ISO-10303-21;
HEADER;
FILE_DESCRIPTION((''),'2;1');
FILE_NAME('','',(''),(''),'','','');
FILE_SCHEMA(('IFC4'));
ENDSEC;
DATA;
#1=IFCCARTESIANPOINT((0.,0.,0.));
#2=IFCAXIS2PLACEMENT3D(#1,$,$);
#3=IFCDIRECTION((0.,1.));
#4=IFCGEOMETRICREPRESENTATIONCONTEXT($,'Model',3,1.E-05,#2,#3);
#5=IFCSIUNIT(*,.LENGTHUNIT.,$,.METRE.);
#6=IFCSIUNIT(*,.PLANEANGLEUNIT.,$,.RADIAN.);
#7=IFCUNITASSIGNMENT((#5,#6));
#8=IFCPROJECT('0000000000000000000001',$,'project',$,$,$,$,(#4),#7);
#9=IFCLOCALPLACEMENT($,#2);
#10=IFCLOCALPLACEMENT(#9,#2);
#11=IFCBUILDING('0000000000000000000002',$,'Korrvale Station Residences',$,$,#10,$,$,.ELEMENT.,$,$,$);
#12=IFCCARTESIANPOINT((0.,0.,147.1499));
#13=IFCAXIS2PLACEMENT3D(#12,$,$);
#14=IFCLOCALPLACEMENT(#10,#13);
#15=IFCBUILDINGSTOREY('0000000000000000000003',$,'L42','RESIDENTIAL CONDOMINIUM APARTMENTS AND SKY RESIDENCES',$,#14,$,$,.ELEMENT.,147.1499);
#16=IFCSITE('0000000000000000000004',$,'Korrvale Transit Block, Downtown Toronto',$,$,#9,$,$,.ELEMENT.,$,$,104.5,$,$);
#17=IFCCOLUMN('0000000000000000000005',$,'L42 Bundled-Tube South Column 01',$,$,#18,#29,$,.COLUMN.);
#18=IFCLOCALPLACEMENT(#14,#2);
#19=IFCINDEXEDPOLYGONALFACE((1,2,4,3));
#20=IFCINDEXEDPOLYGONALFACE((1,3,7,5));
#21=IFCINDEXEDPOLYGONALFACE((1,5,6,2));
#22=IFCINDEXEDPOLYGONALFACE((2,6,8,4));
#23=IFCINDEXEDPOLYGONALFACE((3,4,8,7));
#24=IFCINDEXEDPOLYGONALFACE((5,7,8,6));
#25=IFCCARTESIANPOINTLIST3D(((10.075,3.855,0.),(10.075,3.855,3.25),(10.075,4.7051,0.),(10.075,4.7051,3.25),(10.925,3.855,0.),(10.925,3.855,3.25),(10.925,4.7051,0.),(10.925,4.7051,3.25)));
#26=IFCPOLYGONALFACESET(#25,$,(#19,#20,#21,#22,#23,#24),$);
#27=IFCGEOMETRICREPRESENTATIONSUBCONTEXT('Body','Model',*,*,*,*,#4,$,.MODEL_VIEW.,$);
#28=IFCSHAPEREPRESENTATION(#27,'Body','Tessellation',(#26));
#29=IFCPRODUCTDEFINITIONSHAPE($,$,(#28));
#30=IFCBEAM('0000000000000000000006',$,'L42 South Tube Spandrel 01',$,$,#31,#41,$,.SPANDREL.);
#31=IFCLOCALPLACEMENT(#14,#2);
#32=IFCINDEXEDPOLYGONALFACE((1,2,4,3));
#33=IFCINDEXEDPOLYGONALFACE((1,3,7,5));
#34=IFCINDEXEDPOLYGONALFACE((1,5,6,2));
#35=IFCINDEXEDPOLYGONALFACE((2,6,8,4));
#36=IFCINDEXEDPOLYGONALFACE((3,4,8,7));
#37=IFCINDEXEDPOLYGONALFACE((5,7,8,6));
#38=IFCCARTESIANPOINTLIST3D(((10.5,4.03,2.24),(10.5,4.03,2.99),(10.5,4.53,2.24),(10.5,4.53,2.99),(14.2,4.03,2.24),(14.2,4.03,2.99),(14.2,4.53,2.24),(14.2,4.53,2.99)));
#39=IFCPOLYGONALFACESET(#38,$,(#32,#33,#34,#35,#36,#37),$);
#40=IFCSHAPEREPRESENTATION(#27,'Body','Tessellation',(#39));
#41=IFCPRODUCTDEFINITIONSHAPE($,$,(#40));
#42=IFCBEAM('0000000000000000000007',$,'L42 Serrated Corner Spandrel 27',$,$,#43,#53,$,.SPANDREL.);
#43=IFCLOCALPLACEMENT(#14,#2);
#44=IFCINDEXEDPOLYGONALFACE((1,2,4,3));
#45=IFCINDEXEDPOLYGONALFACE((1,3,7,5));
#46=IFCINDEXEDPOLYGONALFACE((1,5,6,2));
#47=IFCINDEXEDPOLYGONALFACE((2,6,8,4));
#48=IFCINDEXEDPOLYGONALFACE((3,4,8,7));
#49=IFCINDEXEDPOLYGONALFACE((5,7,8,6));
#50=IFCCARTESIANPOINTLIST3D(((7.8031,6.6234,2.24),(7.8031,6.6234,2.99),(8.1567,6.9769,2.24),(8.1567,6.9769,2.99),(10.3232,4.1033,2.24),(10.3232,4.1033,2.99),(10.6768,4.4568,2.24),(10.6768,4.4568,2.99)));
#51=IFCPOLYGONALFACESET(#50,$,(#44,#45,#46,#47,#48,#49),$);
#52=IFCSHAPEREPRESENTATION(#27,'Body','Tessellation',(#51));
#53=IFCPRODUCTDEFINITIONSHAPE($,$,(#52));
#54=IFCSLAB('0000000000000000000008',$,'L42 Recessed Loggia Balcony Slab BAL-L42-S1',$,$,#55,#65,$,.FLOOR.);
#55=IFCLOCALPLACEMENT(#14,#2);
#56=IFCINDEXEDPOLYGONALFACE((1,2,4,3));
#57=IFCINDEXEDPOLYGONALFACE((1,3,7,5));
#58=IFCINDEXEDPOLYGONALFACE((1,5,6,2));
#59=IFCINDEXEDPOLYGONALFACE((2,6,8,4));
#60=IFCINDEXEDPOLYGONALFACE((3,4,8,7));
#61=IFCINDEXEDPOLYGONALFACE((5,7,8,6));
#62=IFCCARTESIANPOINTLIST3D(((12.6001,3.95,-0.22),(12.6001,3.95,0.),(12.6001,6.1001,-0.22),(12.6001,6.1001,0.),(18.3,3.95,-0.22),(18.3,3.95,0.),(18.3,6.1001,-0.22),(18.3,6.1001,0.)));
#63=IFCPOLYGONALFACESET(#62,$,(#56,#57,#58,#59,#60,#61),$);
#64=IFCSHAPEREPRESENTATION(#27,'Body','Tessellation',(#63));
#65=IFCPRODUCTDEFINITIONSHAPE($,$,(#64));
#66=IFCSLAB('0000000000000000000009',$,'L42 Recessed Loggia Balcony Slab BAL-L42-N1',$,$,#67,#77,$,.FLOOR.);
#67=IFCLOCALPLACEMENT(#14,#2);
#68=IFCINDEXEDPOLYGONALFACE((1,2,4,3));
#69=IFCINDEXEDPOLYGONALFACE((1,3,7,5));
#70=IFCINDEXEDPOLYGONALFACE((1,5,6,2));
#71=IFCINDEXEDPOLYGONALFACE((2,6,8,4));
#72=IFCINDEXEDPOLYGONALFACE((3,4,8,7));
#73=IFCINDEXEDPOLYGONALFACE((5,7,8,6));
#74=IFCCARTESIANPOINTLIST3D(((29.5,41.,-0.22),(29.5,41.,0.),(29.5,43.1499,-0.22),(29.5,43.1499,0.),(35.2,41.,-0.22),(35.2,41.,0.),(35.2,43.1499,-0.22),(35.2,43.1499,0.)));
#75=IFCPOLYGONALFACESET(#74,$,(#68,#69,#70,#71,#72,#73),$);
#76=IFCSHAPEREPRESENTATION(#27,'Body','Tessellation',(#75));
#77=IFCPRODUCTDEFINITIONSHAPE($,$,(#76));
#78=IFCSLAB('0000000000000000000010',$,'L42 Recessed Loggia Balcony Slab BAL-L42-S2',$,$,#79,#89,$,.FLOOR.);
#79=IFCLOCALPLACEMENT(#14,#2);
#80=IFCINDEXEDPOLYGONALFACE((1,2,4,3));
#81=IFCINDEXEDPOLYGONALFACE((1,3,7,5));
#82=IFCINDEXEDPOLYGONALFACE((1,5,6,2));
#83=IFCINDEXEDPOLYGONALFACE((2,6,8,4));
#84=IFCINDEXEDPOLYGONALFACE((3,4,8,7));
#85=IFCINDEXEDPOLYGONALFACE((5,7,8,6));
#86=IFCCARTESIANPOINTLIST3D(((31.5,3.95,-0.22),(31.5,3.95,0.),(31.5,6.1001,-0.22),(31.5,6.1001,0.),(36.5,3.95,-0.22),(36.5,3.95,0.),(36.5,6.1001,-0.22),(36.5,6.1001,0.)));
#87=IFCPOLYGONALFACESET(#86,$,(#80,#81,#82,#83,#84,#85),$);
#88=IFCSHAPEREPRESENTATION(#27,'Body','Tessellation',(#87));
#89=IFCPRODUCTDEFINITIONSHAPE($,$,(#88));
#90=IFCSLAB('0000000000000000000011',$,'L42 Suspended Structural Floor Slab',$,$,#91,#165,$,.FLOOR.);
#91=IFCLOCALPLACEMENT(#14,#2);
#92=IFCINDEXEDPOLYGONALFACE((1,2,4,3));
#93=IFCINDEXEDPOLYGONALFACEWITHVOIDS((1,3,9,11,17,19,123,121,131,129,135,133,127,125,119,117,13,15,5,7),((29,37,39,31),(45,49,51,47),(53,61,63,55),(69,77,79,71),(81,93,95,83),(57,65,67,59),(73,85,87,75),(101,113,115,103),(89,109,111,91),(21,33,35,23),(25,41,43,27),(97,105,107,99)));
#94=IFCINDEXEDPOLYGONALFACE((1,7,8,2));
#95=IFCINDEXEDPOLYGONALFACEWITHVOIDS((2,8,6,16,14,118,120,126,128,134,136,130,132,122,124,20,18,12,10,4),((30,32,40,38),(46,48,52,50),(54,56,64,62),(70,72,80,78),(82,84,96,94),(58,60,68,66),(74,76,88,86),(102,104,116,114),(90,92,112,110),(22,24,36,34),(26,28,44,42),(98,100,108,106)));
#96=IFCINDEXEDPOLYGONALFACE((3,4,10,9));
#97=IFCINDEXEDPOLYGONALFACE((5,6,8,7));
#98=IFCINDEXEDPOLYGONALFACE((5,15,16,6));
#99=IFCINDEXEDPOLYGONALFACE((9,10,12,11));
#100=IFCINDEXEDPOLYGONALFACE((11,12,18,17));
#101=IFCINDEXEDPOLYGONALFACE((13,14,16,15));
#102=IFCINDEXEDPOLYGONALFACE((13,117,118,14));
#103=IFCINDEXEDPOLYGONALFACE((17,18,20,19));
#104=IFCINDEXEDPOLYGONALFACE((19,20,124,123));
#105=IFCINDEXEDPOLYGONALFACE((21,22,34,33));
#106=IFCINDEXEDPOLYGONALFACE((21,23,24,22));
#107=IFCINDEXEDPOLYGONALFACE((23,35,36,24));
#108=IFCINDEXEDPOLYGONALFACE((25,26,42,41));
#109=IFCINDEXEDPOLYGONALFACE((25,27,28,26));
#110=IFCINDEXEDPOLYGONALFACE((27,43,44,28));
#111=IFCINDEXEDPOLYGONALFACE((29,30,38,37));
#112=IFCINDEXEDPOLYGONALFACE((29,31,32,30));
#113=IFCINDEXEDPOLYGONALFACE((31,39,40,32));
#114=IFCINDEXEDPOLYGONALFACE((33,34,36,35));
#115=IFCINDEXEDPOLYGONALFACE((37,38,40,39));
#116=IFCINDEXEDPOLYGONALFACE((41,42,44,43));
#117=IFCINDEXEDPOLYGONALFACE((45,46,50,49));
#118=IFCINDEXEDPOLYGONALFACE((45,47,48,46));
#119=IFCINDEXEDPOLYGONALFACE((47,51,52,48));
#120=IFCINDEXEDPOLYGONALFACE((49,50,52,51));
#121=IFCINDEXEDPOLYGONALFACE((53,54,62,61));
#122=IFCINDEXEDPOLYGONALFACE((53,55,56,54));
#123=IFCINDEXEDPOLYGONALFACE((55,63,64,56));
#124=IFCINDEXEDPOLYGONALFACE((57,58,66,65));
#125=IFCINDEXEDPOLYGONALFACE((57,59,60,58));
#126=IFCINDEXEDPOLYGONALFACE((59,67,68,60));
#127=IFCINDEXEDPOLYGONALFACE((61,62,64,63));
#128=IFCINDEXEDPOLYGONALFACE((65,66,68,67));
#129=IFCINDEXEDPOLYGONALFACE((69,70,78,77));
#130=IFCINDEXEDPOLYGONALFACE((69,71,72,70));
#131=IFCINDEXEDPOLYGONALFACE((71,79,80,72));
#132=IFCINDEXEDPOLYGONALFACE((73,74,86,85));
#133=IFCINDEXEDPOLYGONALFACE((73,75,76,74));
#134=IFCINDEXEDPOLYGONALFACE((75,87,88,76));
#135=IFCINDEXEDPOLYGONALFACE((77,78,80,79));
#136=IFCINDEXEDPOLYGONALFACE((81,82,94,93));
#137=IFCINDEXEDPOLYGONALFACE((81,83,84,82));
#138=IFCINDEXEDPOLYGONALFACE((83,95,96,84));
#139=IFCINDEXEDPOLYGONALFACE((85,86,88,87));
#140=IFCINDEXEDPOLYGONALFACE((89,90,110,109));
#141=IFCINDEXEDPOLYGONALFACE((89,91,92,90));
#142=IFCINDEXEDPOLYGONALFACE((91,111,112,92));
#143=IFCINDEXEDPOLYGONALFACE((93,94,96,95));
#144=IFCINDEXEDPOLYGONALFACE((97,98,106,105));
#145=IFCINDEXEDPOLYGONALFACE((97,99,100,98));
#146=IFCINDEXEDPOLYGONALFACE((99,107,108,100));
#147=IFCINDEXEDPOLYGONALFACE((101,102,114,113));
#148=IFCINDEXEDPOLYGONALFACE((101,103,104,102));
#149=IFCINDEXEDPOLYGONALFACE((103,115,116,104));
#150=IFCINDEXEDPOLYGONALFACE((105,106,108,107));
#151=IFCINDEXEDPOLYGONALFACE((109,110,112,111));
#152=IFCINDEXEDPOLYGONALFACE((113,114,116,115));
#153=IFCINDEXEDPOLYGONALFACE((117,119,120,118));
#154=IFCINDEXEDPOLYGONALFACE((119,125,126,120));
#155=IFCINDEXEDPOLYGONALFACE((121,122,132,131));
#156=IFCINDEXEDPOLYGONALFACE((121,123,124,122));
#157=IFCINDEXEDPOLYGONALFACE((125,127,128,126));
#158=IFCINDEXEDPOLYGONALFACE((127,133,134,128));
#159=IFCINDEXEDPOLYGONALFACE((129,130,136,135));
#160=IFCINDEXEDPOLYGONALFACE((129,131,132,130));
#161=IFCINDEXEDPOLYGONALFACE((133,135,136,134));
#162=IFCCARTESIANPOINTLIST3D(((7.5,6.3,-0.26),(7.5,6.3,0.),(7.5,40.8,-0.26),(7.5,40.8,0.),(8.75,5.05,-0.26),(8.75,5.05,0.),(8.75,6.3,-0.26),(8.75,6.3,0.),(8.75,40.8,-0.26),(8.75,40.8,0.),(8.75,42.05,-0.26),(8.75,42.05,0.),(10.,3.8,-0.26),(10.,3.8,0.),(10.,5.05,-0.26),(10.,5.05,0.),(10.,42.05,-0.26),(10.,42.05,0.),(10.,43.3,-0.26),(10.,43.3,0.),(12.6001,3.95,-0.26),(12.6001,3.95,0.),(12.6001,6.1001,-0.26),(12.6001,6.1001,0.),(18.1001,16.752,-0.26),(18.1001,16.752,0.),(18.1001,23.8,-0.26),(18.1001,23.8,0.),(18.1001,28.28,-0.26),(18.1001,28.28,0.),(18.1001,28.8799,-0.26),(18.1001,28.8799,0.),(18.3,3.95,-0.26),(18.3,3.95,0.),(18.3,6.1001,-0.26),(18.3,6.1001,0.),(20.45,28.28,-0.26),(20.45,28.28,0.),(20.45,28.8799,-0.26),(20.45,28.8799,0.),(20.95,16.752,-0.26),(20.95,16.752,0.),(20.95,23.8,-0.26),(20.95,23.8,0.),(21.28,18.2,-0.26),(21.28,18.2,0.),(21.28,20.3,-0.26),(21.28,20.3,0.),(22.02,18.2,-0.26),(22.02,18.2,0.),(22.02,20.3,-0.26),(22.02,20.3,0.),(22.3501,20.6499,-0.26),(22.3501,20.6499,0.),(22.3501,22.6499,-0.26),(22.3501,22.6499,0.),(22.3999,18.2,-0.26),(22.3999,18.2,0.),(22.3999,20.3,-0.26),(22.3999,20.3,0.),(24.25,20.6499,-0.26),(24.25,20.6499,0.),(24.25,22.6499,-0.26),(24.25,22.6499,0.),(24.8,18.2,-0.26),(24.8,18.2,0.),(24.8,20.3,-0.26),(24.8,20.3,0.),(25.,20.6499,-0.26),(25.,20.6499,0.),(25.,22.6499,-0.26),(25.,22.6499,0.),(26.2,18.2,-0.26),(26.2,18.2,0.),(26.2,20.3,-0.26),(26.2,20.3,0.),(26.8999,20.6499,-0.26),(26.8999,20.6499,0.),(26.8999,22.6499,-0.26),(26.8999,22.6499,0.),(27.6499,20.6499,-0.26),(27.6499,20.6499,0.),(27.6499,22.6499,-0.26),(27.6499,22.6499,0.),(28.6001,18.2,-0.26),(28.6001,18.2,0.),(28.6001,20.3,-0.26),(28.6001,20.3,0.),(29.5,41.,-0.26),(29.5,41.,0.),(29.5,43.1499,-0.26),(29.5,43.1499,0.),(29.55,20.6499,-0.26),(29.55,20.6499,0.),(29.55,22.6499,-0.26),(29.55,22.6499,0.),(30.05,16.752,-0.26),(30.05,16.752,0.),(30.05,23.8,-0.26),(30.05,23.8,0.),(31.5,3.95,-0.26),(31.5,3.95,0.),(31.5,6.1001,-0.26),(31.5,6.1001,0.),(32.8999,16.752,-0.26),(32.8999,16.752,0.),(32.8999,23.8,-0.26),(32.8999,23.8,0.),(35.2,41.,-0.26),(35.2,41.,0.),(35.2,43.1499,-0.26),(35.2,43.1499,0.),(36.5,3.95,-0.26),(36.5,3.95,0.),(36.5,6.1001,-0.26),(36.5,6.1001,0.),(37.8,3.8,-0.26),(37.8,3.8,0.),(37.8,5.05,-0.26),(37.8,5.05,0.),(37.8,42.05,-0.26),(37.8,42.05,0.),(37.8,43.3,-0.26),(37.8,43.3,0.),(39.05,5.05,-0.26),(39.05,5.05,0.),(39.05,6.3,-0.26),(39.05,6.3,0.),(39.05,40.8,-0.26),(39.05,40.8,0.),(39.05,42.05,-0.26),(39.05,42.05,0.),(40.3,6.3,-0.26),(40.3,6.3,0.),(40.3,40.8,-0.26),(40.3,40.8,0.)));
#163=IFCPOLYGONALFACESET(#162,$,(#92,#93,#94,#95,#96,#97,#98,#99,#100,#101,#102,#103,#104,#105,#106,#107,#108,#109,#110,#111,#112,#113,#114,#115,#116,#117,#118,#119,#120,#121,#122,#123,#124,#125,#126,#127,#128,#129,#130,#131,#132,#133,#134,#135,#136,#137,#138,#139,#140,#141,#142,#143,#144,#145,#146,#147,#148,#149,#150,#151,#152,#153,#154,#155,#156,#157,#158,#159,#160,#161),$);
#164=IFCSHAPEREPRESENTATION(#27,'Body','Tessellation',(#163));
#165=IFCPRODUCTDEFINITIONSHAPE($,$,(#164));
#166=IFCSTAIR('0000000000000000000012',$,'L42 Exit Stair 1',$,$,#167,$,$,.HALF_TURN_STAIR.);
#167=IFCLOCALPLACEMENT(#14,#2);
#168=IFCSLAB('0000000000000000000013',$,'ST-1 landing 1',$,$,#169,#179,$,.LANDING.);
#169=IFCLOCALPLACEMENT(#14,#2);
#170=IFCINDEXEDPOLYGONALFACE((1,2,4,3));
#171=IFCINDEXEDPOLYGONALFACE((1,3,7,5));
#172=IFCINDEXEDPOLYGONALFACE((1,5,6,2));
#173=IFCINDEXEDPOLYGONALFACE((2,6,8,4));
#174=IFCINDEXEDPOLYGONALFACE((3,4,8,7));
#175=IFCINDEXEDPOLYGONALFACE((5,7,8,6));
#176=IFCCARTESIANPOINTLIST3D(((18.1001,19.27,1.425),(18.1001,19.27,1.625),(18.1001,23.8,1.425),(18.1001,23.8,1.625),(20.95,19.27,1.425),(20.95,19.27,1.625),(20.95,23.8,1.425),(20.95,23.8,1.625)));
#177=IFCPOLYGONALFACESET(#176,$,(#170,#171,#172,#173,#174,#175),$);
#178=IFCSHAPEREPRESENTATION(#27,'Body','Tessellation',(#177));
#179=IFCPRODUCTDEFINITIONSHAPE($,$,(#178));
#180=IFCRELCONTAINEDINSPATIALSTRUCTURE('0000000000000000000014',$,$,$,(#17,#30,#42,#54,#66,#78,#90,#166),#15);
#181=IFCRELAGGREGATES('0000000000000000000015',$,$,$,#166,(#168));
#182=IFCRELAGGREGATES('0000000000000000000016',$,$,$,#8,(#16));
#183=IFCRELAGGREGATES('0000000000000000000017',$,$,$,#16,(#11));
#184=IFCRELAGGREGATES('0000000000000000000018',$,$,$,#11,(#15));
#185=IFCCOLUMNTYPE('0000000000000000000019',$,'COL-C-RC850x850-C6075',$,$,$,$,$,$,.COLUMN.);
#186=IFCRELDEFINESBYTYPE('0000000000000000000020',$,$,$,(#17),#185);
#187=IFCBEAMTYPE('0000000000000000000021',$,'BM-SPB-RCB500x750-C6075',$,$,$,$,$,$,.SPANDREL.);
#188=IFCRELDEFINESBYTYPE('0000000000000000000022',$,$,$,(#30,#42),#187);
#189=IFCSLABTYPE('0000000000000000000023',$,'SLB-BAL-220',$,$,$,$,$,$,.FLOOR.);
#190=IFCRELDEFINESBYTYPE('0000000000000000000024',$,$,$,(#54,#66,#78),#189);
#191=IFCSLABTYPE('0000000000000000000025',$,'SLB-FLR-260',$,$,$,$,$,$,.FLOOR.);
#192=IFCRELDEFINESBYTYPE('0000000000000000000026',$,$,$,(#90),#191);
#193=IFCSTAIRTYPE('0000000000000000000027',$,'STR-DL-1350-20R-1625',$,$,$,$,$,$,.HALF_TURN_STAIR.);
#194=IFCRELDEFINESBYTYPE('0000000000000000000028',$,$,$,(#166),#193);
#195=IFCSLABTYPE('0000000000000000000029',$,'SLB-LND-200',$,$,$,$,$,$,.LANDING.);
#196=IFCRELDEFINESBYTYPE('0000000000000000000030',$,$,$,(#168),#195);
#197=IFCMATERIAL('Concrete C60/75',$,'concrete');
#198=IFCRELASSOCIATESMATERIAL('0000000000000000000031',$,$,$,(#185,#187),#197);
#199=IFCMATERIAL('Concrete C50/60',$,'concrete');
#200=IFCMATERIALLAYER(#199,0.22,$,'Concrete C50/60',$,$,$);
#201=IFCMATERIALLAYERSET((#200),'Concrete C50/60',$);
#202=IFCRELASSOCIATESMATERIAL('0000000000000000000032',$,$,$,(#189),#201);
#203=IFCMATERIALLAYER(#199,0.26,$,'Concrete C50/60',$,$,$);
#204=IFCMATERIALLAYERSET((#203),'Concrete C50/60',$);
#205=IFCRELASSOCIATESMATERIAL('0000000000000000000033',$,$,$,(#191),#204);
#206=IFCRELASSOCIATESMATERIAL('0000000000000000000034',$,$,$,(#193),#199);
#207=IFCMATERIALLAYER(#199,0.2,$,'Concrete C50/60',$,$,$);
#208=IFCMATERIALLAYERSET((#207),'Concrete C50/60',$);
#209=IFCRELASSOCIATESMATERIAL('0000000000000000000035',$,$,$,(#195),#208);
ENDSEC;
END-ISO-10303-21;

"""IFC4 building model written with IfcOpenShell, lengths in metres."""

from ifc_helpers import new_model, si_unit, direction, frame, origin, origin_2d, place, context, subcontext, project, spatial, polyline, rectangle, outline, extrude, material, layer, layer_set, material_profile, profile_set, type_object, element, aggregate, save


model = new_model("IFC4")

# Units and contexts
model_context = context("Model", 3, precision=1e-05, world=origin(), true_north=direction((0.0, 1.0)))
body_context = subcontext(model_context, "Body", "Model", "MODEL_VIEW")
ifc_project = project(units=[si_unit("LENGTHUNIT", "METRE"), si_unit("PLANEANGLEUNIT", "RADIAN")], contexts=[model_context])

# Site, building, storey
site_placement = place(None, origin())
site = spatial("IfcSite", under=ifc_project, at=site_placement, Name="Korrvale Transit Block, Downtown Toronto", CompositionType="ELEMENT", RefElevation=104.5)
building_placement = place(site_placement, origin())
building = spatial("IfcBuilding", under=site, at=building_placement, Name="Korrvale Station Residences", CompositionType="ELEMENT")
storey_placement = place(building_placement, frame((0.0, 0.0, 147.1499)))
storey = spatial("IfcBuildingStorey", under=building, at=storey_placement, Name="L42", Description="RESIDENTIAL CONDOMINIUM APARTMENTS AND SKY RESIDENCES", CompositionType="ELEMENT", Elevation=147.1499)

# Column
ifc_material_1 = material(Name="Concrete C60/75", Category="concrete")
ifc_material_profile_1 = material_profile(ifc_material_1, rectangle(XDim=0.8501, YDim=0.8501, at=origin_2d()), Name="RC850x850")
ifc_profile_set_1 = profile_set([ifc_material_profile_1], Name="Concrete C60/75")
column_type = type_object("IfcColumnType", Name="COL-C-RC850x850-C6075", PredefinedType="COLUMN", material=ifc_profile_set_1)
column_placement = place(storey_placement, frame((10.5, 4.28, 0.0), z_axis=(0.0, 0.0, 1.0), x_axis=(1.0, 0.0, 0.0)))
element("IfcColumn", 1, at=column_placement, inside=storey, type_object=column_type, Name="L42 Bundled-Tube South Column 01", PredefinedType="COLUMN", context=body_context, shape_type="SweptSolid", body=[
    extrude(rectangle(XDim=0.8501, YDim=0.8501, at=origin_2d()), origin(), (0.0, 0.0, 1.0), 3.25),
])

# Beams
ifc_material_profile_2 = material_profile(ifc_material_1, rectangle(XDim=0.5, YDim=0.75, at=origin_2d()), Name="RCB500x750")
ifc_profile_set_2 = profile_set([ifc_material_profile_2], Name="Concrete C60/75")
beam_type = type_object("IfcBeamType", Name="BM-SPB-RCB500x750-C6075", PredefinedType="SPANDREL", material=ifc_profile_set_2)
beam_1_placement = place(storey_placement, frame((10.5, 4.28, 2.615), z_axis=(1.0, 0.0, 0.0), x_axis=(0.0, 1.0, 0.0)))
element("IfcBeam", 2, at=beam_1_placement, inside=storey, type_object=beam_type, Name="L42 South Tube Spandrel 01", PredefinedType="SPANDREL", context=body_context, shape_type="SweptSolid", body=[
    extrude(rectangle(XDim=0.5, YDim=0.75, at=origin_2d()), origin(), (0.0, 0.0, 1.0), 3.7),
])
beam_2_placement = place(storey_placement, frame((10.5, 4.28, 2.615), z_axis=(-0.707107, 0.707107, 0.0), x_axis=(-0.707107, -0.707107, 0.0)))
element("IfcBeam", 3, at=beam_2_placement, inside=storey, type_object=beam_type, Name="L42 Serrated Corner Spandrel 27", PredefinedType="SPANDREL", context=body_context, shape_type="SweptSolid", body=[
    extrude(rectangle(XDim=0.5, YDim=0.75, at=origin_2d()), origin(), (0.0, 0.0, 1.0), 3.564),
])

# Slabs
ifc_material_2 = material(Name="Concrete C50/60", Category="concrete")
ifc_layer_1 = layer(ifc_material_2, 0.22, Name="Concrete C50/60")
ifc_layer_set_1 = layer_set([ifc_layer_1], Name="Concrete C50/60")
slab_type_1 = type_object("IfcSlabType", Name="SLB-BAL-220", PredefinedType="FLOOR", material=ifc_layer_set_1)
slab_1_placement = place(storey_placement, frame((0.0, 0.0, -0.22)))
element("IfcSlab", 4, at=slab_1_placement, inside=storey, type_object=slab_type_1, Name="L42 Recessed Loggia Balcony Slab BAL-L42-S1", PredefinedType="FLOOR", context=body_context, shape_type="SweptSolid", body=[
    extrude(outline(polyline([(12.6001, 3.95), (18.3, 3.95), (18.3, 6.1001), (12.6001, 6.1001), (12.6001, 3.95)])), origin(), (0.0, 0.0, 1.0), 0.22),
])
slab_2_placement = place(storey_placement, frame((0.0, 0.0, -0.22)))
element("IfcSlab", 5, at=slab_2_placement, inside=storey, type_object=slab_type_1, Name="L42 Recessed Loggia Balcony Slab BAL-L42-N1", PredefinedType="FLOOR", context=body_context, shape_type="SweptSolid", body=[
    extrude(outline(polyline([(29.5, 41.0), (35.2, 41.0), (35.2, 43.1499), (29.5, 43.1499), (29.5, 41.0)])), origin(), (0.0, 0.0, 1.0), 0.22),
])
slab_3_placement = place(storey_placement, frame((0.0, 0.0, -0.22)))
element("IfcSlab", 6, at=slab_3_placement, inside=storey, type_object=slab_type_1, Name="L42 Recessed Loggia Balcony Slab BAL-L42-S2", PredefinedType="FLOOR", context=body_context, shape_type="SweptSolid", body=[
    extrude(outline(polyline([(31.5, 3.95), (36.5, 3.95), (36.5, 6.1001), (31.5, 6.1001), (31.5, 3.95)])), origin(), (0.0, 0.0, 1.0), 0.22),
])
ifc_layer_2 = layer(ifc_material_2, 0.26, Name="Concrete C50/60")
ifc_layer_set_2 = layer_set([ifc_layer_2], Name="Concrete C50/60")
slab_type_2 = type_object("IfcSlabType", Name="SLB-FLR-260", PredefinedType="FLOOR", material=ifc_layer_set_2)
slab_4_placement = place(storey_placement, frame((0.0, 0.0, -0.26)))
element("IfcSlab", 7, at=slab_4_placement, inside=storey, type_object=slab_type_2, Name="L42 Suspended Structural Floor Slab", PredefinedType="FLOOR", context=body_context, shape_type="SweptSolid", body=[
    extrude(outline(polyline([(10.0, 3.8), (37.8, 3.8), (37.8, 5.05), (39.05, 5.05), (39.05, 6.3), (40.3, 6.3), (40.3, 40.8), (39.05, 40.8), (39.05, 42.05), (37.8, 42.05), (37.8, 43.3), (10.0, 43.3), (10.0, 42.05), (8.75, 42.05), (8.75, 40.8), (7.5, 40.8), (7.5, 6.3), (8.75, 6.3), (8.75, 5.05), (10.0, 5.05), (10.0, 3.8)]), holes=[polyline([(20.95, 16.752), (20.95, 23.8), (18.1001, 23.8), (18.1001, 16.752), (20.95, 16.752)]), polyline([(32.8999, 16.752), (32.8999, 23.8), (30.05, 23.8), (30.05, 16.752), (32.8999, 16.752)]), polyline([(22.3501, 20.6499), (24.25, 20.6499), (24.25, 22.6499), (22.3501, 22.6499), (22.3501, 20.6499)]), polyline([(25.0, 20.6499), (26.8999, 20.6499), (26.8999, 22.6499), (25.0, 22.6499), (25.0, 20.6499)]), polyline([(27.6499, 20.6499), (29.55, 20.6499), (29.55, 22.6499), (27.6499, 22.6499), (27.6499, 20.6499)]), polyline([(22.3999, 18.2), (24.8, 18.2), (24.8, 20.3), (22.3999, 20.3), (22.3999, 18.2)]), polyline([(26.2, 18.2), (28.6001, 18.2), (28.6001, 20.3), (26.2, 20.3), (26.2, 18.2)]), polyline([(18.1001, 28.28), (20.45, 28.28), (20.45, 28.8799), (18.1001, 28.8799), (18.1001, 28.28)]), polyline([(21.28, 18.2), (22.02, 18.2), (22.02, 20.3), (21.28, 20.3), (21.28, 18.2)]), polyline([(12.6001, 3.95), (18.3, 3.95), (18.3, 6.1001), (12.6001, 6.1001), (12.6001, 3.95)]), polyline([(29.5, 41.0), (35.2, 41.0), (35.2, 43.1499), (29.5, 43.1499), (29.5, 41.0)]), polyline([(31.5, 3.95), (36.5, 3.95), (36.5, 6.1001), (31.5, 6.1001), (31.5, 3.95)])]), origin(), (0.0, 0.0, 1.0), 0.26),
])

# Stair, slab
stair_type = type_object("IfcStairType", Name="STR-DL-1350-20R-1625", PredefinedType="HALF_TURN_STAIR", material=ifc_material_2)
stair_1_placement = place(storey_placement, origin())
stair_1 = element("IfcStair", 8, at=stair_1_placement, inside=storey, type_object=stair_type, Name="L42 Exit Stair 1", PredefinedType="HALF_TURN_STAIR")
ifc_layer_3 = layer(ifc_material_2, 0.2, Name="Concrete C50/60")
ifc_layer_set_3 = layer_set([ifc_layer_3], Name="Concrete C50/60")
slab_type_3 = type_object("IfcSlabType", Name="SLB-LND-200", PredefinedType="LANDING", material=ifc_layer_set_3)
slab_5_placement = place(storey_placement, frame((0.0, 0.0, 1.425)))
slab_5 = element("IfcSlab", 9, at=slab_5_placement, type_object=slab_type_3, Name="ST-1 landing 1", PredefinedType="LANDING", context=body_context, shape_type="SweptSolid", body=[
    extrude(outline(polyline([(20.95, 19.27), (20.95, 23.8), (18.1001, 23.8), (18.1001, 19.27), (20.95, 19.27)])), origin(), (0.0, 0.0, 1.0), 0.2),
])
aggregate(stair_1, [slab_5])

save(model, "model.ifc")
